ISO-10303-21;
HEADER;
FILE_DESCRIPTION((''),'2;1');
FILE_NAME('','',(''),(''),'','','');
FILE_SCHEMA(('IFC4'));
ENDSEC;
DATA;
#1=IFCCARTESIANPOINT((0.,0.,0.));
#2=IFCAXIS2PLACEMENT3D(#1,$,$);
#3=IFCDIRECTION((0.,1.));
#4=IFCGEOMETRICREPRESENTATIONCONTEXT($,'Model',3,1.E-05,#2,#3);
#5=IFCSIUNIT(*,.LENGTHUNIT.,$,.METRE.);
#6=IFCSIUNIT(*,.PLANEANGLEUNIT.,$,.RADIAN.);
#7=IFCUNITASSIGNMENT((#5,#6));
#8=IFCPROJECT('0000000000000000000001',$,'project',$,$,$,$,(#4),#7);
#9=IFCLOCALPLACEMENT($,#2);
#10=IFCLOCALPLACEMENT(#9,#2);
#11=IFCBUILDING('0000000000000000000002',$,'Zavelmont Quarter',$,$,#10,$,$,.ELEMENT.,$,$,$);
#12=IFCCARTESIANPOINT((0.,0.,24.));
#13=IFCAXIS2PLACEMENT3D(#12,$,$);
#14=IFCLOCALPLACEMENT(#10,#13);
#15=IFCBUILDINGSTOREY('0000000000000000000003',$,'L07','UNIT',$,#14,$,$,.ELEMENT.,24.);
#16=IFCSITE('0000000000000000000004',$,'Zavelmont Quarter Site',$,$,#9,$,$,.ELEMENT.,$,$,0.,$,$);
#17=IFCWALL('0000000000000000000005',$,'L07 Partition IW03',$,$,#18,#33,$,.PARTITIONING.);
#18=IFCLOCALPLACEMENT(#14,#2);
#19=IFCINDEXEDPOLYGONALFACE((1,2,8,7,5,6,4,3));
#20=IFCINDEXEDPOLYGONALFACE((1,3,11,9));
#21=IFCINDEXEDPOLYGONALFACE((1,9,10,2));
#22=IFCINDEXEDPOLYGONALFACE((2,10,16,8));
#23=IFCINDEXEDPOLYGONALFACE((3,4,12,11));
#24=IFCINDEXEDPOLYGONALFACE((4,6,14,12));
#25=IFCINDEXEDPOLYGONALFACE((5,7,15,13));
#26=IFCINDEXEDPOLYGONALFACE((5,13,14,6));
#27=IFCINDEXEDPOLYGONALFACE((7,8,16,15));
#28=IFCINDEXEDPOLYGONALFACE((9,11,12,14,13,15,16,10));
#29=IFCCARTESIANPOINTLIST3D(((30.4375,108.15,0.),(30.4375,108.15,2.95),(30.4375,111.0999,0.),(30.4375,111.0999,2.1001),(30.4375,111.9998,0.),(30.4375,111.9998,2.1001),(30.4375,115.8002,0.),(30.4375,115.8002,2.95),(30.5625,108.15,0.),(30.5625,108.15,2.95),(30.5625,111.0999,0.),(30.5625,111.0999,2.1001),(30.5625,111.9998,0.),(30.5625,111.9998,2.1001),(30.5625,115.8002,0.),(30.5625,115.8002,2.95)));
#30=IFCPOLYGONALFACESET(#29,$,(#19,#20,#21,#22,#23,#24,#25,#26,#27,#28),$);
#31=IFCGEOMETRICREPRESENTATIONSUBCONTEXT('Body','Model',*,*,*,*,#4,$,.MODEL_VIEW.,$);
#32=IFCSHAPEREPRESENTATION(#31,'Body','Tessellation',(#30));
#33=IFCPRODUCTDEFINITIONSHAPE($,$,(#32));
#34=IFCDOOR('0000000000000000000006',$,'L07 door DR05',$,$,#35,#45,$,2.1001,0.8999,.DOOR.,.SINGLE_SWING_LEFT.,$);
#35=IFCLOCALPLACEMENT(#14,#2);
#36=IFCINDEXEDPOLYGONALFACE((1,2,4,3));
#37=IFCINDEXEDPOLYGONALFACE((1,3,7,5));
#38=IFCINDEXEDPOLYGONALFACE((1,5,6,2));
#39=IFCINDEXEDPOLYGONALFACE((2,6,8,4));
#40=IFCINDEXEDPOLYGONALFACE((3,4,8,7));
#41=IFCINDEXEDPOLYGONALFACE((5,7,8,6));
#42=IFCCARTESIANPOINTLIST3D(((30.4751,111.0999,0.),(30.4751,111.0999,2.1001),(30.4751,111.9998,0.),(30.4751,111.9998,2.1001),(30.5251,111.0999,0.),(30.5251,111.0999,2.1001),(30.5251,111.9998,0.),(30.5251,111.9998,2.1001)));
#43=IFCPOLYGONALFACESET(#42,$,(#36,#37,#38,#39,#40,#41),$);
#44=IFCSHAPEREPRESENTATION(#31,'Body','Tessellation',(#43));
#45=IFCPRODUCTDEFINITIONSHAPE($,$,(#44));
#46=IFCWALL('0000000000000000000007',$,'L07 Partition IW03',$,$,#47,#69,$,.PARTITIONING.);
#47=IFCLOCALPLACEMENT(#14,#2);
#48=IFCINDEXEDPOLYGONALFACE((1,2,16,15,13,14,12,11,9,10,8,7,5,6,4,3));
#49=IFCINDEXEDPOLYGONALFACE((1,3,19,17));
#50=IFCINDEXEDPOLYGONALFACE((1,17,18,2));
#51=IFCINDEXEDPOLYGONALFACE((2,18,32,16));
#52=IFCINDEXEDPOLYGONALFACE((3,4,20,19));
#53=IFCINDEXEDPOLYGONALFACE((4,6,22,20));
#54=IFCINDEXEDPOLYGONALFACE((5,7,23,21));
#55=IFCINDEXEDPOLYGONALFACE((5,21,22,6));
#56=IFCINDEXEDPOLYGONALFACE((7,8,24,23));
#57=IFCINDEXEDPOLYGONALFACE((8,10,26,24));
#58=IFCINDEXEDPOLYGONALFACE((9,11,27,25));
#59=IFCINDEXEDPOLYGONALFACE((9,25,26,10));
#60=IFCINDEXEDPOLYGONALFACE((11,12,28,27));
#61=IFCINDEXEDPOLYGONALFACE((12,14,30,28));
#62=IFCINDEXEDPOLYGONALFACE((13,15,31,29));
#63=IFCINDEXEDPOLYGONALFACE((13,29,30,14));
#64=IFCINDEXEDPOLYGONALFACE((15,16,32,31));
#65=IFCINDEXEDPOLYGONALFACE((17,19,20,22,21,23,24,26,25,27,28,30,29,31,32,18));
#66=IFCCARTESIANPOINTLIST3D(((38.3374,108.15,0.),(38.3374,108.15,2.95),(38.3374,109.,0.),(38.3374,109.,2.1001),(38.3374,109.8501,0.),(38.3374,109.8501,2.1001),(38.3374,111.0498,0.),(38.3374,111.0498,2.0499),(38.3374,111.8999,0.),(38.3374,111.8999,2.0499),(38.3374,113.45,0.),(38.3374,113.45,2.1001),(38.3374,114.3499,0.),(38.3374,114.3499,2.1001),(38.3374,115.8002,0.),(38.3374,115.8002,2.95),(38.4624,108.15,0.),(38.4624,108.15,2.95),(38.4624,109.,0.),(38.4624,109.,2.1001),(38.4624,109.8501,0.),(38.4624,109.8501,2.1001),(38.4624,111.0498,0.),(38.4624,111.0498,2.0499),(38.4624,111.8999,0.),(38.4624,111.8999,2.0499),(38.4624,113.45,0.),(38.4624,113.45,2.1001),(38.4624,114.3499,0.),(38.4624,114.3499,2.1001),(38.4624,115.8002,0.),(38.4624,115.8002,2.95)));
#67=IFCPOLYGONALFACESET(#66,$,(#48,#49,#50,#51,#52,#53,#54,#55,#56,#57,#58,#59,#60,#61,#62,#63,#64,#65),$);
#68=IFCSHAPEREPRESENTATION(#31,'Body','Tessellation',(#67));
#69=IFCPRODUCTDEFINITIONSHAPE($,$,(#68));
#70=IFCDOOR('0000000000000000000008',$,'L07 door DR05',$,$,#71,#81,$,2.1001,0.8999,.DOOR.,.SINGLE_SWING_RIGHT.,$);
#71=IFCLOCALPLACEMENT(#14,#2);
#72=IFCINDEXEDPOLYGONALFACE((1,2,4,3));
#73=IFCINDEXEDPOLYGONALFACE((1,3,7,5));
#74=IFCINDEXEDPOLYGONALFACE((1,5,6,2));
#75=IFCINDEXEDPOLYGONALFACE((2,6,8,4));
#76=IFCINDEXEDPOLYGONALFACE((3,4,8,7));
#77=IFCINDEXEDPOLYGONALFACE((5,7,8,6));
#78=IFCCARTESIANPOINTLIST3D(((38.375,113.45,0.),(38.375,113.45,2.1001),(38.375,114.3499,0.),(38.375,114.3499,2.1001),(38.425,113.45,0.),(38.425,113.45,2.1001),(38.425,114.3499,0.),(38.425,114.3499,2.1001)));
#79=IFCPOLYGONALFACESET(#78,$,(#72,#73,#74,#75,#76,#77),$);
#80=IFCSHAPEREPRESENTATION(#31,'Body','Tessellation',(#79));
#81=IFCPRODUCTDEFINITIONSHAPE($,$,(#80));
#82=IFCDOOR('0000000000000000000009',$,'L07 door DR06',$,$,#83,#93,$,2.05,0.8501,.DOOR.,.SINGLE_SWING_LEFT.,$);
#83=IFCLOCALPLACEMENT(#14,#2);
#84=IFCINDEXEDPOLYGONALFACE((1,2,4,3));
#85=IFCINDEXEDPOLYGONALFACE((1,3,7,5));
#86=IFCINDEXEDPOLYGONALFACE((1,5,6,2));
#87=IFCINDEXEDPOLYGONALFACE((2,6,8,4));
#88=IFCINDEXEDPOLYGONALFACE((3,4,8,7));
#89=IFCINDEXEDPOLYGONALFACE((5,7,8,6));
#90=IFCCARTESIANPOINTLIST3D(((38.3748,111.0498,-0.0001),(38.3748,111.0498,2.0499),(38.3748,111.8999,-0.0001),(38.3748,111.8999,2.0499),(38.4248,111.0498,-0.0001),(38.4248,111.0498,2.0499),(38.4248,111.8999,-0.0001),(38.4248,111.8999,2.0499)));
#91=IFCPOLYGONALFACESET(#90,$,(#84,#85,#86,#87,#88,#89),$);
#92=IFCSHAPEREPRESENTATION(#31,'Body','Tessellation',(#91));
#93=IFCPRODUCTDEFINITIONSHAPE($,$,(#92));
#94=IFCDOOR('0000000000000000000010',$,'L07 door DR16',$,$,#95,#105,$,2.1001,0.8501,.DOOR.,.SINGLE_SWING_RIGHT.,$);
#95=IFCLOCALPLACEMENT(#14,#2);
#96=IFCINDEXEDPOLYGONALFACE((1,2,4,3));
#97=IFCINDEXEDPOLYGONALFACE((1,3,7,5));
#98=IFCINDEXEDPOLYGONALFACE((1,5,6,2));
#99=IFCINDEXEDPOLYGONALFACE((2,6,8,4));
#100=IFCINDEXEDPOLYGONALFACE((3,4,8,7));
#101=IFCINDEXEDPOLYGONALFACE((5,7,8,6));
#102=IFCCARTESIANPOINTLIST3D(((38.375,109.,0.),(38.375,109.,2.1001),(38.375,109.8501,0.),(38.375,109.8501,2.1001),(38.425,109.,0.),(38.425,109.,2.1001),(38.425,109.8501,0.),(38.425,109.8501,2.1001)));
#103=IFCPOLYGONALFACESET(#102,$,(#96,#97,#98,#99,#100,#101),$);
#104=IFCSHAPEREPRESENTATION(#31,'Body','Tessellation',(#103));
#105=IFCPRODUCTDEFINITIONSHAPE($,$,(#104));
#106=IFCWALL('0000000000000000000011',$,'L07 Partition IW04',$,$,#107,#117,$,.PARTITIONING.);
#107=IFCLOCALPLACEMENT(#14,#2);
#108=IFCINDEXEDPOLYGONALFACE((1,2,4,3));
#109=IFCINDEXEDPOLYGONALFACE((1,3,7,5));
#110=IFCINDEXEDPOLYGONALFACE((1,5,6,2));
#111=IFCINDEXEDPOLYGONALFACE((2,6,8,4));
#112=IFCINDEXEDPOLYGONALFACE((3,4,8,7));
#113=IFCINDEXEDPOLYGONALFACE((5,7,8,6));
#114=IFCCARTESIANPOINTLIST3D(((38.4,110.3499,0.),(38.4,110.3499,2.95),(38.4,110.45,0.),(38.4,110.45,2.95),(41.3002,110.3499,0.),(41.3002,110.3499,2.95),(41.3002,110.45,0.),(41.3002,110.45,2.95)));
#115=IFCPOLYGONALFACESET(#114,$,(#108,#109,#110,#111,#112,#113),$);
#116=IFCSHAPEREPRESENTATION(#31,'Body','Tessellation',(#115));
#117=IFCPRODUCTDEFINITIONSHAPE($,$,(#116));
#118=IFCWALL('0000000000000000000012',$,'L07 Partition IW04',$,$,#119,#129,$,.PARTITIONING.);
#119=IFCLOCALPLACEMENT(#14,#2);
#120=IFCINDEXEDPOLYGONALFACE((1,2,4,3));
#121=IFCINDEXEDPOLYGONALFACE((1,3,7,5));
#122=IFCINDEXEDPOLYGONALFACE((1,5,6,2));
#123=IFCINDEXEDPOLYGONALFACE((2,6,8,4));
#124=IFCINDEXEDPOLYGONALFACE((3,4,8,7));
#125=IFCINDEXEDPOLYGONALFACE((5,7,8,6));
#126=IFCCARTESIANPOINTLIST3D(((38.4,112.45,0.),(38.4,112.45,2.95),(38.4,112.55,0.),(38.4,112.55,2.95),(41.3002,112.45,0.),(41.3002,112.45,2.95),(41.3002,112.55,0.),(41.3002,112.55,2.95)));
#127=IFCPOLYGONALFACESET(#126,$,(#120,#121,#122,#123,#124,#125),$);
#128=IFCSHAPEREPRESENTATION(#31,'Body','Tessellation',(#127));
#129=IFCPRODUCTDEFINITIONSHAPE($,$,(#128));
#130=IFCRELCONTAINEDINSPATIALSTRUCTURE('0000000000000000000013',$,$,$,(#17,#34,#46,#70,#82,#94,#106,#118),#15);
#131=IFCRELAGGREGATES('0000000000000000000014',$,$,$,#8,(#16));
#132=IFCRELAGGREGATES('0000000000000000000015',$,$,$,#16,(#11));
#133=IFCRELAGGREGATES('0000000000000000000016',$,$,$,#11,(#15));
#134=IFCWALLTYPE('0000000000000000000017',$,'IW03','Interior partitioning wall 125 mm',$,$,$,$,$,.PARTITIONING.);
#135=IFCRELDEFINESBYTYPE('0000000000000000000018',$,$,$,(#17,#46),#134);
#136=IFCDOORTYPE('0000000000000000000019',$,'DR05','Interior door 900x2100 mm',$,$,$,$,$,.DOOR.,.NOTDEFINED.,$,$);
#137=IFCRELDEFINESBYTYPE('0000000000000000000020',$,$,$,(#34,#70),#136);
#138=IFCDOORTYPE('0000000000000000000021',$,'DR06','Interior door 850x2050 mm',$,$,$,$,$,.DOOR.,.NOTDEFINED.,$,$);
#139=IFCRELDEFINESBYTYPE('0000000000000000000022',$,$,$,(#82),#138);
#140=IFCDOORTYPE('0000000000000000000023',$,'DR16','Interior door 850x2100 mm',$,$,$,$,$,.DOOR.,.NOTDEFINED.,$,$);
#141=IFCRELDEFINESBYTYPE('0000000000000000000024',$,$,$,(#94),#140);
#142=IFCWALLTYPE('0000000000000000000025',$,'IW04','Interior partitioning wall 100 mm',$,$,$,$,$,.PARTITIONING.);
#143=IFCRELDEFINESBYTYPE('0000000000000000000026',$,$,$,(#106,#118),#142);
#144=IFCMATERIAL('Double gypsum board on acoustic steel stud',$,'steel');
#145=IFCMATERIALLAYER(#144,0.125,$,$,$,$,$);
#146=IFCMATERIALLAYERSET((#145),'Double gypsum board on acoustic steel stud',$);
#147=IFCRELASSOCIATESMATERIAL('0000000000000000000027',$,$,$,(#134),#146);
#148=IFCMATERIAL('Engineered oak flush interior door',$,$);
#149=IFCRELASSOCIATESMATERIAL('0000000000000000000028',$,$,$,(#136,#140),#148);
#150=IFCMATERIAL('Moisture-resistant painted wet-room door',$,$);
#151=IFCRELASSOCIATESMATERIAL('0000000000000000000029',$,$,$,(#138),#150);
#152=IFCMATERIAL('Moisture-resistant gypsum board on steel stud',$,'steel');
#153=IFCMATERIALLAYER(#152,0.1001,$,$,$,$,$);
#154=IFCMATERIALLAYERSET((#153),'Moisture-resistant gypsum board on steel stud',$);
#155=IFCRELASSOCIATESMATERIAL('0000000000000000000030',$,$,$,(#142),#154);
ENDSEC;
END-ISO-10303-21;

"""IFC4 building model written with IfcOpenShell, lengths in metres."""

from ifc_helpers import new_model, si_unit, direction, frame, frame_2d, origin, origin_with_axes, place, context, subcontext, project, spatial, rectangle, extrude, material, layer, layer_set, type_object, element, fill, save


model = new_model("IFC4")

# Units and contexts
model_context = context("Model", 3, precision=1e-05, world=origin(), true_north=direction((0.0, 1.0)))
body_context = subcontext(model_context, "Body", "Model", "MODEL_VIEW")
ifc_project = project(units=[si_unit("LENGTHUNIT", "METRE"), si_unit("PLANEANGLEUNIT", "RADIAN")], contexts=[model_context])

# Site, building, storey
site_placement = place(None, origin())
site = spatial("IfcSite", under=ifc_project, at=site_placement, Name="Zavelmont Quarter Site", CompositionType="ELEMENT", RefElevation=0.0)
building_placement = place(site_placement, origin())
building = spatial("IfcBuilding", under=site, at=building_placement, Name="Zavelmont Quarter", CompositionType="ELEMENT")
storey_placement = place(building_placement, frame((0.0, 0.0, 24.0)))
storey = spatial("IfcBuildingStorey", under=building, at=storey_placement, Name="L07", Description="UNIT", CompositionType="ELEMENT", Elevation=24.0)

# Wall, opening, door
ifc_material_1 = material(Name="Double gypsum board on acoustic steel stud", Category="steel")
ifc_layer_1 = layer(ifc_material_1, 0.125)
ifc_layer_set_1 = layer_set([ifc_layer_1], Name="Double gypsum board on acoustic steel stud")
wall_type_1 = type_object("IfcWallType", Name="IW03", Description="Interior partitioning wall 125 mm", PredefinedType="PARTITIONING", material=ifc_layer_set_1)
wall_1_placement = place(storey_placement, frame((30.5, 108.1499, 0.0), z_axis=(0.0, 0.0, 1.0), x_axis=(0.0, 1.0, 0.0)))
wall_1 = element("IfcWall", 1, at=wall_1_placement, inside=storey, type_object=wall_type_1, Name="L07 Partition IW03", PredefinedType="PARTITIONING", context=body_context, shape_type="SweptSolid", body=[
    extrude(rectangle(XDim=7.6501, YDim=0.125, at=frame_2d((3.8252, 0.0))), origin(), (0.0, 0.0, 1.0), 2.95),
])
opening_1_placement = place(wall_1_placement, frame((2.95, 0.0, 0.0)))
opening_1 = element("IfcOpeningElement", 2, at=opening_1_placement, cuts=wall_1, PredefinedType="OPENING", context=body_context, shape_type="SweptSolid", body=[
    extrude(rectangle(XDim=0.8999, YDim=2.1001, at=frame_2d((0.45, 1.05))), frame((0.0, 0.0745, 0.0), z_axis=(0.0, -1.0, 0.0), x_axis=(1.0, 0.0, 0.0)), (0.0, 0.0, 1.0), 0.1489),
])
ifc_material_2 = material(Name="Engineered oak flush interior door")
door_type_1 = type_object("IfcDoorType", Name="DR05", Description="Interior door 900x2100 mm", OperationType="NOTDEFINED", PredefinedType="DOOR", material=ifc_material_2)
door_1_placement = place(opening_1_placement, origin_with_axes())
door_1 = element("IfcDoor", 3, at=door_1_placement, inside=storey, type_object=door_type_1, Name="L07 door DR05", OperationType="SINGLE_SWING_LEFT", OverallHeight=2.1001, OverallWidth=0.8999, PredefinedType="DOOR", context=body_context, shape_type="SweptSolid", body=[
    extrude(rectangle(XDim=0.8999, YDim=2.1001, at=frame_2d((0.45, 1.05))), frame((0.0, 0.0249, 0.0), z_axis=(0.0, -1.0, 0.0), x_axis=(1.0, 0.0, 0.0)), (0.0, 0.0, 1.0), 0.05),
])
fill(opening_1, door_1)

# Wall, openings, doors
wall_2_placement = place(storey_placement, frame((38.3999, 108.1499, 0.0), z_axis=(0.0, 0.0, 1.0), x_axis=(0.0, 1.0, 0.0)))
wall_2 = element("IfcWall", 4, at=wall_2_placement, inside=storey, type_object=wall_type_1, Name="L07 Partition IW03", PredefinedType="PARTITIONING", context=body_context, shape_type="SweptSolid", body=[
    extrude(rectangle(XDim=7.6501, YDim=0.125, at=frame_2d((3.8252, 0.0))), origin(), (0.0, 0.0, 1.0), 2.95),
])
opening_2_placement = place(wall_2_placement, frame((0.8501, 0.0, 0.0)))
opening_2 = element("IfcOpeningElement", 5, at=opening_2_placement, cuts=wall_2, PredefinedType="OPENING", context=body_context, shape_type="SweptSolid", body=[
    extrude(rectangle(XDim=0.8501, YDim=2.1001, at=frame_2d((0.425, 1.05))), frame((0.0, 0.0745, 0.0), z_axis=(0.0, -1.0, 0.0), x_axis=(1.0, 0.0, 0.0)), (0.0, 0.0, 1.0), 0.1489),
])
opening_3_placement = place(wall_2_placement, frame((2.8999, 0.0, 0.0)))
opening_3 = element("IfcOpeningElement", 6, at=opening_3_placement, cuts=wall_2, PredefinedType="OPENING", context=body_context, shape_type="SweptSolid", body=[
    extrude(rectangle(XDim=0.8501, YDim=2.05, at=frame_2d((0.425, 1.0249))), frame((0.0, 0.0745, 0.0), z_axis=(0.0, -1.0, 0.0), x_axis=(1.0, 0.0, 0.0)), (0.0, 0.0, 1.0), 0.1489),
])
opening_4_placement = place(wall_2_placement, frame((5.3, 0.0, 0.0)))
opening_4 = element("IfcOpeningElement", 7, at=opening_4_placement, cuts=wall_2, PredefinedType="OPENING", context=body_context, shape_type="SweptSolid", body=[
    extrude(rectangle(XDim=0.8999, YDim=2.1001, at=frame_2d((0.45, 1.05))), frame((0.0, 0.0745, 0.0), z_axis=(0.0, -1.0, 0.0), x_axis=(1.0, 0.0, 0.0)), (0.0, 0.0, 1.0), 0.1489),
])
door_2_placement = place(opening_4_placement, origin_with_axes())
door_2 = element("IfcDoor", 8, at=door_2_placement, inside=storey, type_object=door_type_1, Name="L07 door DR05", OperationType="SINGLE_SWING_RIGHT", OverallHeight=2.1001, OverallWidth=0.8999, PredefinedType="DOOR", context=body_context, shape_type="SweptSolid", body=[
    extrude(rectangle(XDim=0.8999, YDim=2.1001, at=frame_2d((0.45, 1.05))), frame((0.0, 0.0249, 0.0), z_axis=(0.0, -1.0, 0.0), x_axis=(1.0, 0.0, 0.0)), (0.0, 0.0, 1.0), 0.05),
])
fill(opening_4, door_2)
ifc_material_3 = material(Name="Moisture-resistant painted wet-room door")
door_type_2 = type_object("IfcDoorType", Name="DR06", Description="Interior door 850x2050 mm", OperationType="NOTDEFINED", PredefinedType="DOOR", material=ifc_material_3)
door_3_placement = place(opening_3_placement, frame((0.8501, 0.0, 0.0), z_axis=(0.0, 0.0, 1.0), x_axis=(-1.0, 0.0, 0.0)))
door_3 = element("IfcDoor", 9, at=door_3_placement, inside=storey, type_object=door_type_2, Name="L07 door DR06", OperationType="SINGLE_SWING_LEFT", OverallHeight=2.05, OverallWidth=0.8501, PredefinedType="DOOR", context=body_context, shape_type="SweptSolid", body=[
    extrude(rectangle(XDim=0.8501, YDim=2.05, at=frame_2d((0.425, 1.0249))), frame((0.0, 0.0249, 0.0), z_axis=(0.0, -1.0, 0.0), x_axis=(1.0, 0.0, 0.0)), (0.0, 0.0, 1.0), 0.05),
])
fill(opening_3, door_3)
door_type_3 = type_object("IfcDoorType", Name="DR16", Description="Interior door 850x2100 mm", OperationType="NOTDEFINED", PredefinedType="DOOR", material=ifc_material_2)
door_4_placement = place(opening_2_placement, origin_with_axes())
door_4 = element("IfcDoor", 10, at=door_4_placement, inside=storey, type_object=door_type_3, Name="L07 door DR16", OperationType="SINGLE_SWING_RIGHT", OverallHeight=2.1001, OverallWidth=0.8501, PredefinedType="DOOR", context=body_context, shape_type="SweptSolid", body=[
    extrude(rectangle(XDim=0.8501, YDim=2.1001, at=frame_2d((0.425, 1.05))), frame((0.0, 0.0249, 0.0), z_axis=(0.0, -1.0, 0.0), x_axis=(1.0, 0.0, 0.0)), (0.0, 0.0, 1.0), 0.05),
])
fill(opening_2, door_4)

# Walls
ifc_material_4 = material(Name="Moisture-resistant gypsum board on steel stud", Category="steel")
ifc_layer_2 = layer(ifc_material_4, 0.1001)
ifc_layer_set_2 = layer_set([ifc_layer_2], Name="Moisture-resistant gypsum board on steel stud")
wall_type_2 = type_object("IfcWallType", Name="IW04", Description="Interior partitioning wall 100 mm", PredefinedType="PARTITIONING", material=ifc_layer_set_2)
for number, where, z_axis, x_axis, name in (
    (11, (38.3999, 110.3999, 0.0), (0.0, 0.0, 1.0), (1.0, 0.0, 0.0), "L07 Partition IW04"),
    (12, (38.3999, 112.5, 0.0), (0.0, 0.0, 1.0), (1.0, 0.0, 0.0), "L07 Partition IW04"),
):
    element("IfcWall", number, at=place(storey_placement, frame(where, z_axis=z_axis, x_axis=x_axis)), inside=storey, type_object=wall_type_2, Name=name, PredefinedType="PARTITIONING", context=body_context, shape_type="SweptSolid", body=[
        extrude(rectangle(XDim=2.9001, YDim=0.1001, at=frame_2d((1.4502, 0.0))), origin(), (0.0, 0.0, 1.0), 2.95),
    ])

save(model, "model.ifc")
